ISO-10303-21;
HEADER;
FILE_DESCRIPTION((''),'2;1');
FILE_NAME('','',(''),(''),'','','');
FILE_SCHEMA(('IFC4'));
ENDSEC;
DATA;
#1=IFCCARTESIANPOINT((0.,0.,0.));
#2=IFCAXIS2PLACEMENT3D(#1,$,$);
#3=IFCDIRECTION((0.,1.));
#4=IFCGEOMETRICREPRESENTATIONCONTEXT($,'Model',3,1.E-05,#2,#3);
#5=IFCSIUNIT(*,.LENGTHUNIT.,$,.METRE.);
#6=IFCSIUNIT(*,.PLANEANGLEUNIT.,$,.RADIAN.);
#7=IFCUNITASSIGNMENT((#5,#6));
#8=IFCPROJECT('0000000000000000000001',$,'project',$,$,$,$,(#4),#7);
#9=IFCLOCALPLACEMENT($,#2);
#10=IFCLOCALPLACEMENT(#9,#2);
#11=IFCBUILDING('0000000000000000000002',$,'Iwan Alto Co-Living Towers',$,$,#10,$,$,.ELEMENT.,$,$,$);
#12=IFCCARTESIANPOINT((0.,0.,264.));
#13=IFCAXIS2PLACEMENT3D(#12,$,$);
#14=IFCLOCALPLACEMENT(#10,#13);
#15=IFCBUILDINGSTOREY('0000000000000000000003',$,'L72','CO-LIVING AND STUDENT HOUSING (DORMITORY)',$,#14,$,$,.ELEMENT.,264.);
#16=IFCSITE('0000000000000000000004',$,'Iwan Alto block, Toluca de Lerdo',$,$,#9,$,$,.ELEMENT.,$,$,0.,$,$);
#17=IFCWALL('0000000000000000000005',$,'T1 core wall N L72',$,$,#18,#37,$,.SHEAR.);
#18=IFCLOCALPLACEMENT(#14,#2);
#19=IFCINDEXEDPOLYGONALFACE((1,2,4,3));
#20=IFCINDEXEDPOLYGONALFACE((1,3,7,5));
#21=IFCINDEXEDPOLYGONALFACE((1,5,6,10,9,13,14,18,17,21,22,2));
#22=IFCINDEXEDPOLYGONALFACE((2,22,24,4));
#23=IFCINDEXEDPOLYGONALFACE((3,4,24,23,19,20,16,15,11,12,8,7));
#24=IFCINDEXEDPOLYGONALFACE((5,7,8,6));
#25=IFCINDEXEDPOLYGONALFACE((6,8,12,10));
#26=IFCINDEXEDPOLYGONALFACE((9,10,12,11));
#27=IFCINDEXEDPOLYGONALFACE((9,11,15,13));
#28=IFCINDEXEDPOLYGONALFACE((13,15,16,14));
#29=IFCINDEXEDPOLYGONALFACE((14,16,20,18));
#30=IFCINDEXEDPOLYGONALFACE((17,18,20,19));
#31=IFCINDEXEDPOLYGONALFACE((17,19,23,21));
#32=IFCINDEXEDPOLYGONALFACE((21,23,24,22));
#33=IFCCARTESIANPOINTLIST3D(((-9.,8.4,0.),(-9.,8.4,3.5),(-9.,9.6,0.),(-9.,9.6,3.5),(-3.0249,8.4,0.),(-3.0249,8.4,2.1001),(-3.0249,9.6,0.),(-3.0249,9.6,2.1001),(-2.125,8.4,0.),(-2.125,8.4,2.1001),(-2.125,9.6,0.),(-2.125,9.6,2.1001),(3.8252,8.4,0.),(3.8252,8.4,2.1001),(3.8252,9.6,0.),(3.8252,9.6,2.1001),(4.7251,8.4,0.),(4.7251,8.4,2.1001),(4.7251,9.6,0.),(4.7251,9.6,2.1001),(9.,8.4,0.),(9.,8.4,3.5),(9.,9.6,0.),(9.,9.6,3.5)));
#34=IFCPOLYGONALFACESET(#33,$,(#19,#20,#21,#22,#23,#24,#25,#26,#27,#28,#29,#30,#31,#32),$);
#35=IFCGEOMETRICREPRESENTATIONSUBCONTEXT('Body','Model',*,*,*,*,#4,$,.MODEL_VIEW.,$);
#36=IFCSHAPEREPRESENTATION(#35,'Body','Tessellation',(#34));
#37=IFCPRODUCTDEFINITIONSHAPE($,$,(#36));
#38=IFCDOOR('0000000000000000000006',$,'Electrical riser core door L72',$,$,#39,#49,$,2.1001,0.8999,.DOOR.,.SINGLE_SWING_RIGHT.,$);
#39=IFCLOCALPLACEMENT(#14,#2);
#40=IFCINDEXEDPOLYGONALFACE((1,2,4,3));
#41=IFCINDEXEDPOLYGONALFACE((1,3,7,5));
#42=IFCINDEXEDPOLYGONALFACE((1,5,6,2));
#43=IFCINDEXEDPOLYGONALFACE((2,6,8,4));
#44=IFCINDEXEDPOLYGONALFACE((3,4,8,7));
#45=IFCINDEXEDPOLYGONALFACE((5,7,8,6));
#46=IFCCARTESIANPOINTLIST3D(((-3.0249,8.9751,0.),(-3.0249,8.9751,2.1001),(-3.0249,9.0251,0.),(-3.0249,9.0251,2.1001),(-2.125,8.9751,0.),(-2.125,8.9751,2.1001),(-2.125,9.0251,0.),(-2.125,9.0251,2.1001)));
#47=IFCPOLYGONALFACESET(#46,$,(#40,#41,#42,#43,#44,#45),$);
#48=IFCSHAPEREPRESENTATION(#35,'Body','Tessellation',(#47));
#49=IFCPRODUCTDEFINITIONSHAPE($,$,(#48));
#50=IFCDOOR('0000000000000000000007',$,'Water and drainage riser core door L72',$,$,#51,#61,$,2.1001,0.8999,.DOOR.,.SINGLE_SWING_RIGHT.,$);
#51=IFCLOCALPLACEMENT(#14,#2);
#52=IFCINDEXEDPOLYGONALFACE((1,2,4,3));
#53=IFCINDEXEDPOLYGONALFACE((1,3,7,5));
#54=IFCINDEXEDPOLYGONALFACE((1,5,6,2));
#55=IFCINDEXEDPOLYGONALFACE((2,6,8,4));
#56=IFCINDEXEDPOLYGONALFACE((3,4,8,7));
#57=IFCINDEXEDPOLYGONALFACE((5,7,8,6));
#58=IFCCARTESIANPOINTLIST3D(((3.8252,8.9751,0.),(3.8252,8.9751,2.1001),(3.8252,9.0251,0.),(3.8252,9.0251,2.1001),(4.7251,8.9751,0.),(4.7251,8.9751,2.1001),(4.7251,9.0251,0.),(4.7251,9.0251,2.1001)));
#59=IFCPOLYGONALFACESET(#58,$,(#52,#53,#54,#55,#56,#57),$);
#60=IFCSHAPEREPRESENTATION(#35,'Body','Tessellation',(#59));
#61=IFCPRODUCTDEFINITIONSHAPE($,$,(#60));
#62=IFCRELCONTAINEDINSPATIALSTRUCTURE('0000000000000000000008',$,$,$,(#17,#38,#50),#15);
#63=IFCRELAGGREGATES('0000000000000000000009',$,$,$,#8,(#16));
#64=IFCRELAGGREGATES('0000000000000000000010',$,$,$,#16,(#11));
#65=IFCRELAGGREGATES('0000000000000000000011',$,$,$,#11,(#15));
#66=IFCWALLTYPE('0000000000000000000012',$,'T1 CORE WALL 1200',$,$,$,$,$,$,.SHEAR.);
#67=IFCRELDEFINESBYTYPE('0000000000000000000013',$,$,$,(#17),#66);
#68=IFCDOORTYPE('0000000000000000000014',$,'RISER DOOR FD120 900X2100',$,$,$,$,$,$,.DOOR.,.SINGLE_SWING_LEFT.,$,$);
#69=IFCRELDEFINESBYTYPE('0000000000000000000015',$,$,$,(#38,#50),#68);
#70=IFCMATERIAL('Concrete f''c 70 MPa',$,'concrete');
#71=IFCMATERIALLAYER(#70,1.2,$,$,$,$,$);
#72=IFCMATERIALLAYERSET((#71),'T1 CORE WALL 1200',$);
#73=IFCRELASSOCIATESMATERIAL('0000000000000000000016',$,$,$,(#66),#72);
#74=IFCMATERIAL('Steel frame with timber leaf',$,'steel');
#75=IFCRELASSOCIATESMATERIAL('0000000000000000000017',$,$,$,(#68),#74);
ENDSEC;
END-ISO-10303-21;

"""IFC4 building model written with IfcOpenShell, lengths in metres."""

from ifc_helpers import new_model, si_unit, direction, frame, frame_2d, origin, place, context, subcontext, project, spatial, rectangle, extrude, material, layer, layer_set, type_object, element, fill, save


model = new_model("IFC4")

# Units and contexts
model_context = context("Model", 3, precision=1e-05, world=origin(), true_north=direction((0.0, 1.0)))
body_context = subcontext(model_context, "Body", "Model", "MODEL_VIEW")
ifc_project = project(units=[si_unit("LENGTHUNIT", "METRE"), si_unit("PLANEANGLEUNIT", "RADIAN")], contexts=[model_context])

# Site, building, storey
site_placement = place(None, origin())
site = spatial("IfcSite", under=ifc_project, at=site_placement, Name="Iwan Alto block, Toluca de Lerdo", CompositionType="ELEMENT", RefElevation=0.0)
building_placement = place(site_placement, origin())
building = spatial("IfcBuilding", under=site, at=building_placement, Name="Iwan Alto Co-Living Towers", CompositionType="ELEMENT")
storey_placement = place(building_placement, frame((0.0, 0.0, 264.0)))
storey = spatial("IfcBuildingStorey", under=building, at=storey_placement, Name="L72", Description="CO-LIVING AND STUDENT HOUSING (DORMITORY)", CompositionType="ELEMENT", Elevation=264.0)

# Wall, openings, doors
ifc_material_1 = material(Name="Concrete f'c 70 MPa", Category="concrete")
ifc_layer_1 = layer(ifc_material_1, 1.2)
ifc_layer_set_1 = layer_set([ifc_layer_1], Name="T1 CORE WALL 1200")
wall_type_1 = type_object("IfcWallType", Name="T1 CORE WALL 1200", PredefinedType="SHEAR", material=ifc_layer_set_1)
ifc_material_2 = material(Name="Steel frame with timber leaf", Category="steel")
door_type = type_object("IfcDoorType", Name="RISER DOOR FD120 900X2100", OperationType="SINGLE_SWING_LEFT", PredefinedType="DOOR", material=ifc_material_2)
wall_1_placement = place(storey_placement, frame((9.0, 9.0, 0.0), z_axis=(0.0, 0.0, 1.0), x_axis=(-1.0, 0.0, 0.0)))
wall_1 = element("IfcWall", 1, at=wall_1_placement, inside=storey, type_object=wall_type_1, Name="T1 core wall N L72", PredefinedType="SHEAR", context=body_context, shape_type="SweptSolid", body=[
    extrude(rectangle(XDim=18.0, YDim=1.2, at=frame_2d((9.0, 0.0))), origin(), (0.0, 0.0, 1.0), 3.5),
])
opening_1_placement = place(wall_1_placement, frame((11.125, 0.0, 0.0)))
opening_1 = element("IfcOpeningElement", 2, at=opening_1_placement, cuts=wall_1, PredefinedType="OPENING", context=body_context, shape_type="SweptSolid", body=[
    extrude(rectangle(XDim=0.8999, YDim=2.1001, at=frame_2d((0.45, 1.05))), frame((0.0, 0.6099, 0.0), z_axis=(0.0, -1.0, 0.0), x_axis=(1.0, 0.0, 0.0)), (0.0, 0.0, 1.0), 1.22),
])
opening_2_placement = place(wall_1_placement, frame((4.2749, 0.0, 0.0)))
opening_2 = element("IfcOpeningElement", 3, at=opening_2_placement, cuts=wall_1, PredefinedType="OPENING", context=body_context, shape_type="SweptSolid", body=[
    extrude(rectangle(XDim=0.8999, YDim=2.1001, at=frame_2d((0.45, 1.05))), frame((0.0, 0.6099, 0.0), z_axis=(0.0, -1.0, 0.0), x_axis=(1.0, 0.0, 0.0)), (0.0, 0.0, 1.0), 1.22),
])
door_1_placement = place(opening_1_placement, origin())
door_1 = element("IfcDoor", 4, at=door_1_placement, inside=storey, type_object=door_type, Name="Electrical riser core door L72", OperationType="SINGLE_SWING_RIGHT", OverallHeight=2.1001, OverallWidth=0.8999, PredefinedType="DOOR", context=body_context, shape_type="SweptSolid", body=[
    extrude(rectangle(XDim=0.8999, YDim=2.1001, at=frame_2d((0.45, 1.05))), frame((0.0, 0.0249, 0.0), z_axis=(0.0, -1.0, 0.0), x_axis=(1.0, 0.0, 0.0)), (0.0, 0.0, 1.0), 0.05),
])
fill(opening_1, door_1)
door_2_placement = place(opening_2_placement, origin())
door_2 = element("IfcDoor", 5, at=door_2_placement, inside=storey, type_object=door_type, Name="Water and drainage riser core door L72", OperationType="SINGLE_SWING_RIGHT", OverallHeight=2.1001, OverallWidth=0.8999, PredefinedType="DOOR", context=body_context, shape_type="SweptSolid", body=[
    extrude(rectangle(XDim=0.8999, YDim=2.1001, at=frame_2d((0.45, 1.05))), frame((0.0, 0.0249, 0.0), z_axis=(0.0, -1.0, 0.0), x_axis=(1.0, 0.0, 0.0)), (0.0, 0.0, 1.0), 0.05),
])
fill(opening_2, door_2)

save(model, "model.ifc")
